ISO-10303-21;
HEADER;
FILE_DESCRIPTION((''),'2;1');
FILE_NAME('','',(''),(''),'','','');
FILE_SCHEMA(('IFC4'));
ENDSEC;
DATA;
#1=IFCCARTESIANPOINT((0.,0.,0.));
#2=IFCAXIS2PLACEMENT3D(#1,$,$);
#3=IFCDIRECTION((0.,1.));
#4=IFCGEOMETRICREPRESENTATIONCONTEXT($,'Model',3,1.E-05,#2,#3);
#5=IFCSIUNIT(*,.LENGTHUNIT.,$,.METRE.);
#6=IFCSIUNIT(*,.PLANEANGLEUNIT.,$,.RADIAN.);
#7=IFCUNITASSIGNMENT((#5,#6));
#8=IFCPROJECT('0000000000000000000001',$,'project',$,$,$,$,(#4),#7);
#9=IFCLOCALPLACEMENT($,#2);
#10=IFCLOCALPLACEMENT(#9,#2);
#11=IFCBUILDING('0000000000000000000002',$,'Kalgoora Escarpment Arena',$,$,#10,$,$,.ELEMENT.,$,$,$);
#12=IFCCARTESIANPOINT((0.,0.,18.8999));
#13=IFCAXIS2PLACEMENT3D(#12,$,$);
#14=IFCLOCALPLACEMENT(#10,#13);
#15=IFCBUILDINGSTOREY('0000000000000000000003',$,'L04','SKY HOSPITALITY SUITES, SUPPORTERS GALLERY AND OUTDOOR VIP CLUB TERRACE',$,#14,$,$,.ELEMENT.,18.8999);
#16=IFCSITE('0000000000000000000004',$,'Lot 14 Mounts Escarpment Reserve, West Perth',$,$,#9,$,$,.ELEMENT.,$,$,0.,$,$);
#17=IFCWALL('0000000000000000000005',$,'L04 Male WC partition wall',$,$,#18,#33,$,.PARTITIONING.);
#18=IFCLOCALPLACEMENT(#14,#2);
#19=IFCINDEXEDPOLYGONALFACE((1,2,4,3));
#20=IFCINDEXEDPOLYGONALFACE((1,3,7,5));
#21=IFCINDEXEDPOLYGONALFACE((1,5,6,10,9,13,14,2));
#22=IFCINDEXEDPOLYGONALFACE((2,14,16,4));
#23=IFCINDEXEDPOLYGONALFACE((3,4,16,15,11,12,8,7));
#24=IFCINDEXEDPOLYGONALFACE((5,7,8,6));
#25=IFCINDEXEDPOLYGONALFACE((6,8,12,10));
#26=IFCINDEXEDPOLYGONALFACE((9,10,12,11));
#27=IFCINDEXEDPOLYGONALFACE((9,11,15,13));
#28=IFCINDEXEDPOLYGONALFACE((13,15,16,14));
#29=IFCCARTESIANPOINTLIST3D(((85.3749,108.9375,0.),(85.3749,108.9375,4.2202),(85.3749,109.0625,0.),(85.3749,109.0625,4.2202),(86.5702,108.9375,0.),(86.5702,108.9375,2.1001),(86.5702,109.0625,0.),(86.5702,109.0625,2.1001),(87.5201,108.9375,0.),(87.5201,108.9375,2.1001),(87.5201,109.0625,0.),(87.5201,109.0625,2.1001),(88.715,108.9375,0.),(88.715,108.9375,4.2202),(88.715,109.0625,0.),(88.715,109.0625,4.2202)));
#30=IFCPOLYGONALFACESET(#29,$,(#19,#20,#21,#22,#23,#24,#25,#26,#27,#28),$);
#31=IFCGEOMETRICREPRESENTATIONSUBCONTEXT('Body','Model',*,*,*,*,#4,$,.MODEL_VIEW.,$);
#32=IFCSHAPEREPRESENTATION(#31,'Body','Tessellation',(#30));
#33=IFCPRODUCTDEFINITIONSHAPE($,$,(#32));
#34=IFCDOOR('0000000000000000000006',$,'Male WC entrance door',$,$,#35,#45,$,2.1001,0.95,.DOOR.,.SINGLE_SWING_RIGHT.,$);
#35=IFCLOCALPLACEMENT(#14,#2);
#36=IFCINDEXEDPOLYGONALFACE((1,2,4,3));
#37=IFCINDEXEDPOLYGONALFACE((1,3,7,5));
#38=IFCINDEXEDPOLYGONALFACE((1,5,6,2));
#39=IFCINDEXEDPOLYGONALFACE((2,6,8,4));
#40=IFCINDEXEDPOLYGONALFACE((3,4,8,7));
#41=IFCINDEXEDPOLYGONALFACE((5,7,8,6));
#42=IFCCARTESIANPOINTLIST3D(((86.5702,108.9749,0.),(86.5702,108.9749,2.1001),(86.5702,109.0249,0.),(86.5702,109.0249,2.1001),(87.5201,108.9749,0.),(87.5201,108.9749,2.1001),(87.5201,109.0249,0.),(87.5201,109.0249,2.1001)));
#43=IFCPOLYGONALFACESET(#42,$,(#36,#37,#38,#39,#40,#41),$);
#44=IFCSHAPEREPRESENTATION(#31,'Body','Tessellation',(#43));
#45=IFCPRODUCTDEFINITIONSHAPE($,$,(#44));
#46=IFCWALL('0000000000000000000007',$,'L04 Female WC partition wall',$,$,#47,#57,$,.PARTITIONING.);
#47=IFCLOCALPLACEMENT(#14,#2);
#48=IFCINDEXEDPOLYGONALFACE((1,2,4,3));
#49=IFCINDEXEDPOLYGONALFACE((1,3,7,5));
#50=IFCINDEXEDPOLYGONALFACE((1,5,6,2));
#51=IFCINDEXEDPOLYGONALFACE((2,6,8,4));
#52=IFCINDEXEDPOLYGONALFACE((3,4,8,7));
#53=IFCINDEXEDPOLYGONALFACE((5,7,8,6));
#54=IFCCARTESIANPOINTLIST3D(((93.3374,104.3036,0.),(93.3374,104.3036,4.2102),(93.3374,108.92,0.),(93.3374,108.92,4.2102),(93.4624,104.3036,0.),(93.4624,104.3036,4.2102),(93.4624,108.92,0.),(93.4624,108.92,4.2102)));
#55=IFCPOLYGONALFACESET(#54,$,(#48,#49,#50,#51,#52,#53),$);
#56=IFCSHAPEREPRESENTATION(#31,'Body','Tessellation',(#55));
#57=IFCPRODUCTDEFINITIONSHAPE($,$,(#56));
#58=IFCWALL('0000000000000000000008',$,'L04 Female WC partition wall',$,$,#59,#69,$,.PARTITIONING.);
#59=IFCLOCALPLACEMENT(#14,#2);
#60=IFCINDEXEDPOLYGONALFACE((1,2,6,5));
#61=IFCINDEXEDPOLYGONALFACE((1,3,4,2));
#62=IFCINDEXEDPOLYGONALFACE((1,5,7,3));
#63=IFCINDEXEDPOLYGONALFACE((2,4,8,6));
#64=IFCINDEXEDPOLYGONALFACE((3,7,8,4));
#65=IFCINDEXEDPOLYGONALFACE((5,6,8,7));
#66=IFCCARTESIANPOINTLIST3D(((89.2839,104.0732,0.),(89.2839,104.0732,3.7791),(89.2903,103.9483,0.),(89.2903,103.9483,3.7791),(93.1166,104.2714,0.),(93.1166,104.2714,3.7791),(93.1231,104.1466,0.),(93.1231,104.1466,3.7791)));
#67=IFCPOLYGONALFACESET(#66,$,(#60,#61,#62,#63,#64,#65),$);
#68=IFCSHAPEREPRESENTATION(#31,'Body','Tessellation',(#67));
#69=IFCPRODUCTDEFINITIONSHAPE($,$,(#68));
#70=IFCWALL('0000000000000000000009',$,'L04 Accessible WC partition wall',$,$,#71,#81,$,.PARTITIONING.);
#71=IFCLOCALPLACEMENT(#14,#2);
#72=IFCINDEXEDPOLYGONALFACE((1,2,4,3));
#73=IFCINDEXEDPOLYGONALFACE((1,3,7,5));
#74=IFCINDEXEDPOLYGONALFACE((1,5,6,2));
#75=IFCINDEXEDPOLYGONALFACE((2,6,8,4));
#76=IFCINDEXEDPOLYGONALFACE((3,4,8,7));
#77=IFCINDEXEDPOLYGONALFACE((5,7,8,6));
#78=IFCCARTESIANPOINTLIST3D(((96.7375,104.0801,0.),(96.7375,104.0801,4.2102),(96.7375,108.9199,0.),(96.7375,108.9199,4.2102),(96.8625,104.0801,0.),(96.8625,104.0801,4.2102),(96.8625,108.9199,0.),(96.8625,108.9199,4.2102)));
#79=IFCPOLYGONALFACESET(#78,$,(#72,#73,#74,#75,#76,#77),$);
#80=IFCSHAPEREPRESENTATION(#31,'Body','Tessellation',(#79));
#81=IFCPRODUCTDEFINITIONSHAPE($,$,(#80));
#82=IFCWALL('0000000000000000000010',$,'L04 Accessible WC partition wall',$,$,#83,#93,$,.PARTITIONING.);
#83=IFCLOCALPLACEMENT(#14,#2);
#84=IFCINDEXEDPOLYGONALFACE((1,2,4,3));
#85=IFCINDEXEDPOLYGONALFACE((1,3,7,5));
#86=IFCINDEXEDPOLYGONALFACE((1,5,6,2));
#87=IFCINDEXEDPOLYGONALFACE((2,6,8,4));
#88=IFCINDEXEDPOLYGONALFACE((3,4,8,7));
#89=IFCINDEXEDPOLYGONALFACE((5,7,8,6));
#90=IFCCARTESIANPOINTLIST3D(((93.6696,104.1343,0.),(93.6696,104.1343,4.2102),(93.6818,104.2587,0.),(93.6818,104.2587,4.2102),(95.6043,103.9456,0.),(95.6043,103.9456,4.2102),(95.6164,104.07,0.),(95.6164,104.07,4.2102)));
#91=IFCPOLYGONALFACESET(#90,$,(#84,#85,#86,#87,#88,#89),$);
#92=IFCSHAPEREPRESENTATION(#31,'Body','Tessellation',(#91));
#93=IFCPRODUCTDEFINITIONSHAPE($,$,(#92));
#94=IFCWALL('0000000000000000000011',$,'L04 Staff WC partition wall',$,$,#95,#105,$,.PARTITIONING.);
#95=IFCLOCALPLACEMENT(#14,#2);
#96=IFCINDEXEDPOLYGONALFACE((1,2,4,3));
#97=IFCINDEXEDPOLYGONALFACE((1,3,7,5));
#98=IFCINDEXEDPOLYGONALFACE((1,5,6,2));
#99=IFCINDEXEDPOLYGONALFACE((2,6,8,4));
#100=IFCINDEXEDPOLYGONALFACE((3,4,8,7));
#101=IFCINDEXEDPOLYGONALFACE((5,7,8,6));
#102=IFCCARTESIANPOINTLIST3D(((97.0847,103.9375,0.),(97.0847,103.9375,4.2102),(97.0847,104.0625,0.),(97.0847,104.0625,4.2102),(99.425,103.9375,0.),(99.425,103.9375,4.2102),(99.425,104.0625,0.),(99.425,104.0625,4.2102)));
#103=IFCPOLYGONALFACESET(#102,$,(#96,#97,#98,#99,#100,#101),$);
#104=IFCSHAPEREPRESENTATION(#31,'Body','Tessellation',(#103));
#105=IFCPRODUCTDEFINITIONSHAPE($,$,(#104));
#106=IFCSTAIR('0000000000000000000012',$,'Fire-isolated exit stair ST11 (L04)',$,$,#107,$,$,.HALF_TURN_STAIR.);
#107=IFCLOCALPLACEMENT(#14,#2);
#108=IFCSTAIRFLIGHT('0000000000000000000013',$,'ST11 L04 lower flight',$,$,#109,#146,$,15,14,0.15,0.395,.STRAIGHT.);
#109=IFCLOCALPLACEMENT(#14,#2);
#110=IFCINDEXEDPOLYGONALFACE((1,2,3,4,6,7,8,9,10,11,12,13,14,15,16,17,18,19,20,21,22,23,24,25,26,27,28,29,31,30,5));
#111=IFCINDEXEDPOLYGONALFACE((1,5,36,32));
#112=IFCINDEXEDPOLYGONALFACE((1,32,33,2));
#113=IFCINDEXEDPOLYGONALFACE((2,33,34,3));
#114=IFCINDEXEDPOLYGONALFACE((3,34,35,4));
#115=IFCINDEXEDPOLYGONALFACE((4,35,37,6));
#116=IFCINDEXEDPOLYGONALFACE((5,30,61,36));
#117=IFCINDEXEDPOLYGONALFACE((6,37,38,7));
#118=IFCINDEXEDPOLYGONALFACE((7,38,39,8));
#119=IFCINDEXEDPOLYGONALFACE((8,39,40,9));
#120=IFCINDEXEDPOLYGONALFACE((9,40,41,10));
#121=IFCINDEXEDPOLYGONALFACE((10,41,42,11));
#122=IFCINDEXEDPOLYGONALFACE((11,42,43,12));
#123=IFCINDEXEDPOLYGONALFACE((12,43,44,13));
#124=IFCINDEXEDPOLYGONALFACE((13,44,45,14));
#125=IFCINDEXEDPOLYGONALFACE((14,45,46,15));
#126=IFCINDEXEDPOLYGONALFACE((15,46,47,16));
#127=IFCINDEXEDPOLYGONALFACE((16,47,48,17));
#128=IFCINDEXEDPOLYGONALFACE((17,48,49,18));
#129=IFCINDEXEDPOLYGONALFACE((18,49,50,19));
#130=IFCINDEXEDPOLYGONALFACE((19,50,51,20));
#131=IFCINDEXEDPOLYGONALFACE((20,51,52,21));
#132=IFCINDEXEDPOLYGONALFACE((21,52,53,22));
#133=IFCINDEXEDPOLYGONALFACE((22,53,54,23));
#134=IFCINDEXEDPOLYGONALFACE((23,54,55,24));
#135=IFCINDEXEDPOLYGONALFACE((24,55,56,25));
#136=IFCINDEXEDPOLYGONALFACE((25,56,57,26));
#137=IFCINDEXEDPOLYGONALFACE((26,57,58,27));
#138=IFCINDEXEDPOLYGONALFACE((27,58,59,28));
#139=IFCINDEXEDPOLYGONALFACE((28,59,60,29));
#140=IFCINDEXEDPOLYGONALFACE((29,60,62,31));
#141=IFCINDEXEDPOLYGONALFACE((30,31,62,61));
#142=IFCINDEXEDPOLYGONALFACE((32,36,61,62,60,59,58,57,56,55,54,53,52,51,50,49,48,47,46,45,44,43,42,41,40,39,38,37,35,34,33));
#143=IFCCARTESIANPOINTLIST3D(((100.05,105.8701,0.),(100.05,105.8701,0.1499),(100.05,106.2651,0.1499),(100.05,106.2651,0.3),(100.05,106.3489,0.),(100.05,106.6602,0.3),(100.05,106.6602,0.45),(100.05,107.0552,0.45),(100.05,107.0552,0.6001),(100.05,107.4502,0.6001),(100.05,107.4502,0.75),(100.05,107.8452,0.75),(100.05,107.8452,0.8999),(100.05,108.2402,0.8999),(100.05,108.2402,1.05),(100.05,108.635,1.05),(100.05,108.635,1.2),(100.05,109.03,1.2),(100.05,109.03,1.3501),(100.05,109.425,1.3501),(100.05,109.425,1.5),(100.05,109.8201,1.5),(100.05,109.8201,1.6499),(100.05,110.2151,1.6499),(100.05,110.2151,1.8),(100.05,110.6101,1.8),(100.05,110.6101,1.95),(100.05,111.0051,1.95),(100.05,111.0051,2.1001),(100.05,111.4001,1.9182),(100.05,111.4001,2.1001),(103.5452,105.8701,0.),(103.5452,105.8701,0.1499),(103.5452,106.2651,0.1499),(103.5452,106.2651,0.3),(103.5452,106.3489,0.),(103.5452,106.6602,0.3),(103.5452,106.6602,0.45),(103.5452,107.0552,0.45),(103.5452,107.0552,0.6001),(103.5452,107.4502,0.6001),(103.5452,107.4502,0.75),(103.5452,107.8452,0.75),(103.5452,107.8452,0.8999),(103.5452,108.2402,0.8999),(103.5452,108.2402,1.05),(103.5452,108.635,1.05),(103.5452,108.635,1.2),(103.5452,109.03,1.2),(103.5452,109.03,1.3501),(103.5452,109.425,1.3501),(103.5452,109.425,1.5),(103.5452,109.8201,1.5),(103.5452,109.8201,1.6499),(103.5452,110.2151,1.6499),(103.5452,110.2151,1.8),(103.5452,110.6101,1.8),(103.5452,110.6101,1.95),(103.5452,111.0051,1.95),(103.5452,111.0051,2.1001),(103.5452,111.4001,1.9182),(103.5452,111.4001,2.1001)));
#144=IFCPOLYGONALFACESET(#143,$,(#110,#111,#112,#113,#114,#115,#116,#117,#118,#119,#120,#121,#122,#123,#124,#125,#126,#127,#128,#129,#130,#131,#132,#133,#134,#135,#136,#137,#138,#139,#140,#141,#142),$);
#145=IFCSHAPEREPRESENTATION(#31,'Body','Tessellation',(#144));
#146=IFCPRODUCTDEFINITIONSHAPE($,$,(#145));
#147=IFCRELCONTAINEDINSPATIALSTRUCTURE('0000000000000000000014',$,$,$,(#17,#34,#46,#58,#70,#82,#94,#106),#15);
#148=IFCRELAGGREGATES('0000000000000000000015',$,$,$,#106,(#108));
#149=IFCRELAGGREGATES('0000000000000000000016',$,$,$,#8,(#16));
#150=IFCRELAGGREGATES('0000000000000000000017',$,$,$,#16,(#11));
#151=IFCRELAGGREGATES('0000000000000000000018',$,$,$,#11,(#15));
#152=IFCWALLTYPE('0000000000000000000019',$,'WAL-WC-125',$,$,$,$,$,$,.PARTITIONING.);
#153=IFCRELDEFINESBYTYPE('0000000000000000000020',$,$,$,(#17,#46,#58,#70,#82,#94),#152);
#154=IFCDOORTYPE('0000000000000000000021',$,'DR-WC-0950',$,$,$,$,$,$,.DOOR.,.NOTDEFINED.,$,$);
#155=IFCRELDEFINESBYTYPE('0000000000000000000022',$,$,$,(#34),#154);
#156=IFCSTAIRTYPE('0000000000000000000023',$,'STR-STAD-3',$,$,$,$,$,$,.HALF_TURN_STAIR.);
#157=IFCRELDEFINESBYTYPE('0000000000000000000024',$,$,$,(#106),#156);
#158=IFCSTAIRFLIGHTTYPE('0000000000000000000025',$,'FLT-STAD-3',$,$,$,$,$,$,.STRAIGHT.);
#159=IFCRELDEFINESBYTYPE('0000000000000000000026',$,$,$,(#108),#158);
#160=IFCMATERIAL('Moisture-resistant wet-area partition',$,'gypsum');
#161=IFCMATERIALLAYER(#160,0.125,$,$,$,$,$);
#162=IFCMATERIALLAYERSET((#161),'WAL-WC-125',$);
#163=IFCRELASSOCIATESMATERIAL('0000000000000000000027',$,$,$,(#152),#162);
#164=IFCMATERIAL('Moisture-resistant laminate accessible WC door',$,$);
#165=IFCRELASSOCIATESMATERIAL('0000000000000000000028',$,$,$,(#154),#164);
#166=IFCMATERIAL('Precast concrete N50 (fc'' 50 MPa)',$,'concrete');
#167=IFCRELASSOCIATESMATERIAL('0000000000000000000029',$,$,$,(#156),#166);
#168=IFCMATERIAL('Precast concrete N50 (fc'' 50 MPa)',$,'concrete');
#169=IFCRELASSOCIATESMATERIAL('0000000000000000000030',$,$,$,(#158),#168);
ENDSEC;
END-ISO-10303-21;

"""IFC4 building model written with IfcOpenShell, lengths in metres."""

from ifc_helpers import new_model, si_unit, direction, frame, frame_2d, origin, place, context, subcontext, project, spatial, polyline, rectangle, outline, extrude, material, layer, layer_set, type_object, element, fill, aggregate, save


model = new_model("IFC4")

# Units and contexts
model_context = context("Model", 3, precision=1e-05, world=origin(), true_north=direction((0.0, 1.0)))
body_context = subcontext(model_context, "Body", "Model", "MODEL_VIEW")
ifc_project = project(units=[si_unit("LENGTHUNIT", "METRE"), si_unit("PLANEANGLEUNIT", "RADIAN")], contexts=[model_context])

# Site, building, storey
site_placement = place(None, origin())
site = spatial("IfcSite", under=ifc_project, at=site_placement, Name="Lot 14 Mounts Escarpment Reserve, West Perth", CompositionType="ELEMENT", RefElevation=0.0)
building_placement = place(site_placement, origin())
building = spatial("IfcBuilding", under=site, at=building_placement, Name="Kalgoora Escarpment Arena", CompositionType="ELEMENT")
storey_placement = place(building_placement, frame((0.0, 0.0, 18.8999)))
storey = spatial("IfcBuildingStorey", under=building, at=storey_placement, Name="L04", Description="SKY HOSPITALITY SUITES, SUPPORTERS GALLERY AND OUTDOOR VIP CLUB TERRACE", CompositionType="ELEMENT", Elevation=18.8999)

# Shared definitions
ifc_material_1 = material(Name="Moisture-resistant wet-area partition", Category="gypsum")
ifc_layer_1 = layer(ifc_material_1, 0.125)
ifc_layer_set_1 = layer_set([ifc_layer_1], Name="WAL-WC-125")
wall_type_1 = type_object("IfcWallType", Name="WAL-WC-125", PredefinedType="PARTITIONING", material=ifc_layer_set_1)

# Wall, opening, door
wall_1_placement = place(storey_placement, frame((85.375, 109.0, 0.0), z_axis=(0.0, 0.0, 1.0), x_axis=(1.0, 0.0, 0.0)))
wall_1 = element("IfcWall", 1, at=wall_1_placement, inside=storey, type_object=wall_type_1, Name="L04 Male WC partition wall", PredefinedType="PARTITIONING", context=body_context, shape_type="SweptSolid", body=[
    extrude(rectangle(XDim=3.3401, YDim=0.125, at=frame_2d((1.6699, 0.0))), origin(), (0.0, 0.0, 1.0), 4.2202),
])
opening_1_placement = place(wall_1_placement, frame((1.1951, 0.0, 0.0)))
opening_1 = element("IfcOpeningElement", 2, at=opening_1_placement, cuts=wall_1, PredefinedType="OPENING", context=body_context, shape_type="SweptSolid", body=[
    extrude(rectangle(XDim=0.95, YDim=2.1001, at=frame_2d((0.4751, 1.05))), frame((0.0, 0.0725, 0.0), z_axis=(0.0, -1.0, 0.0), x_axis=(1.0, 0.0, 0.0)), (0.0, 0.0, 1.0), 0.145),
])
ifc_material_2 = material(Name="Moisture-resistant laminate accessible WC door")
door_type_1 = type_object("IfcDoorType", Name="DR-WC-0950", OperationType="NOTDEFINED", PredefinedType="DOOR", material=ifc_material_2)
door_1_placement = place(opening_1_placement, origin())
door_1 = element("IfcDoor", 3, at=door_1_placement, inside=storey, type_object=door_type_1, Name="Male WC entrance door", OperationType="SINGLE_SWING_RIGHT", OverallHeight=2.1001, OverallWidth=0.95, PredefinedType="DOOR", context=body_context, shape_type="SweptSolid", body=[
    extrude(rectangle(XDim=0.95, YDim=2.1001, at=frame_2d((0.4751, 1.05))), frame((0.0, 0.0249, 0.0), z_axis=(0.0, -1.0, 0.0), x_axis=(1.0, 0.0, 0.0)), (0.0, 0.0, 1.0), 0.05),
])
fill(opening_1, door_1)

# Walls
wall_2_placement = place(storey_placement, frame((93.3999, 108.9199, 0.0), z_axis=(0.0, 0.0, 1.0), x_axis=(0.0, -1.0, 0.0)))
element("IfcWall", 4, at=wall_2_placement, inside=storey, type_object=wall_type_1, Name="L04 Female WC partition wall", PredefinedType="PARTITIONING", context=body_context, shape_type="SweptSolid", body=[
    extrude(rectangle(XDim=4.6165, YDim=0.125, at=frame_2d((2.3081, 0.0))), origin(), (0.0, 0.0, 1.0), 4.2102),
])
wall_3_placement = place(storey_placement, frame((93.1199, 104.209, 0.0), z_axis=(0.0, 0.0, 1.0), x_axis=(-0.998665, -0.051654, 0.0)))
element("IfcWall", 5, at=wall_3_placement, inside=storey, type_object=wall_type_1, Name="L04 Female WC partition wall", PredefinedType="PARTITIONING", context=body_context, shape_type="SweptSolid", body=[
    extrude(rectangle(XDim=3.8379, YDim=0.125, at=frame_2d((1.9189, 0.0))), origin(), (0.0, 0.0, 1.0), 3.7791),
])
wall_4_placement = place(storey_placement, frame((96.8, 108.9199, 0.0), z_axis=(0.0, 0.0, 1.0), x_axis=(0.0, -1.0, 0.0)))
element("IfcWall", 6, at=wall_4_placement, inside=storey, type_object=wall_type_1, Name="L04 Accessible WC partition wall", PredefinedType="PARTITIONING", context=body_context, shape_type="SweptSolid", body=[
    extrude(rectangle(XDim=4.8398, YDim=0.125, at=frame_2d((2.4199, 0.0))), origin(), (0.0, 0.0, 1.0), 4.2102),
])
wall_5_placement = place(storey_placement, frame((95.6104, 104.0078, 0.0), z_axis=(0.0, 0.0, 1.0), x_axis=(-0.995276, 0.097091, 0.0)))
element("IfcWall", 7, at=wall_5_placement, inside=storey, type_object=wall_type_1, Name="L04 Accessible WC partition wall", PredefinedType="PARTITIONING", context=body_context, shape_type="SweptSolid", body=[
    extrude(rectangle(XDim=1.9438, YDim=0.125, at=frame_2d((0.9719, 0.0))), origin(), (0.0, 0.0, 1.0), 4.2102),
])
wall_6_placement = place(storey_placement, frame((99.425, 104.0, 0.0), z_axis=(0.0, 0.0, 1.0), x_axis=(-1.0, 0.0, 0.0)))
element("IfcWall", 8, at=wall_6_placement, inside=storey, type_object=wall_type_1, Name="L04 Staff WC partition wall", PredefinedType="PARTITIONING", context=body_context, shape_type="SweptSolid", body=[
    extrude(rectangle(XDim=2.3403, YDim=0.125, at=frame_2d((1.1702, 0.0))), origin(), (0.0, 0.0, 1.0), 4.2102),
])

# Stair, stair flight
ifc_material_3 = material(Name="Precast concrete N50 (fc' 50 MPa)", Category="concrete")
stair_type = type_object("IfcStairType", Name="STR-STAD-3", PredefinedType="HALF_TURN_STAIR", material=ifc_material_3)
stair_placement = place(storey_placement, origin())
stair = element("IfcStair", 9, at=stair_placement, inside=storey, type_object=stair_type, Name="Fire-isolated exit stair ST11 (L04)", PredefinedType="HALF_TURN_STAIR")
ifc_material_4 = material(Name="Precast concrete N50 (fc' 50 MPa)", Category="concrete")
stair_flight_type = type_object("IfcStairFlightType", Name="FLT-STAD-3", PredefinedType="STRAIGHT", material=ifc_material_4)
stair_flight_placement = place(storey_placement, frame((101.7976, 105.8701, 0.0), z_axis=(0.0, 0.0, 1.0), x_axis=(0.0, 1.0, 0.0)))
stair_flight = element("IfcStairFlight", 10, at=stair_flight_placement, type_object=stair_flight_type, Name="ST11 L04 lower flight", NumberOfRisers=15, NumberOfTreads=14, PredefinedType="STRAIGHT", RiserHeight=0.15, TreadLength=0.395, context=body_context, shape_type="SweptSolid", body=[
    extrude(outline(polyline([(0.0, 0.0), (0.0, 0.1499), (0.395, 0.1499), (0.395, 0.3), (0.79, 0.3), (0.79, 0.45), (1.1851, 0.45), (1.1851, 0.6001), (1.5801, 0.6001), (1.5801, 0.75), (1.9751, 0.75), (1.9751, 0.8999), (2.3701, 0.8999), (2.3701, 1.05), (2.7649, 1.05), (2.7649, 1.2), (3.1599, 1.2), (3.1599, 1.3501), (3.5549, 1.3501), (3.5549, 1.5), (3.95, 1.5), (3.95, 1.6499), (4.345, 1.6499), (4.345, 1.8), (4.74, 1.8), (4.74, 1.95), (5.135, 1.95), (5.135, 2.1001), (5.53, 2.1001), (5.53, 2.25), (5.53, 1.9182), (0.4788, 0.0), (0.0, 0.0)])), frame((0.0, 1.7476, 0.0), z_axis=(0.0, -1.0, 0.0), x_axis=(1.0, 0.0, 0.0)), (0.0, 0.0, 1.0), 3.4951),
])
aggregate(stair, [stair_flight])

save(model, "model.ifc")
